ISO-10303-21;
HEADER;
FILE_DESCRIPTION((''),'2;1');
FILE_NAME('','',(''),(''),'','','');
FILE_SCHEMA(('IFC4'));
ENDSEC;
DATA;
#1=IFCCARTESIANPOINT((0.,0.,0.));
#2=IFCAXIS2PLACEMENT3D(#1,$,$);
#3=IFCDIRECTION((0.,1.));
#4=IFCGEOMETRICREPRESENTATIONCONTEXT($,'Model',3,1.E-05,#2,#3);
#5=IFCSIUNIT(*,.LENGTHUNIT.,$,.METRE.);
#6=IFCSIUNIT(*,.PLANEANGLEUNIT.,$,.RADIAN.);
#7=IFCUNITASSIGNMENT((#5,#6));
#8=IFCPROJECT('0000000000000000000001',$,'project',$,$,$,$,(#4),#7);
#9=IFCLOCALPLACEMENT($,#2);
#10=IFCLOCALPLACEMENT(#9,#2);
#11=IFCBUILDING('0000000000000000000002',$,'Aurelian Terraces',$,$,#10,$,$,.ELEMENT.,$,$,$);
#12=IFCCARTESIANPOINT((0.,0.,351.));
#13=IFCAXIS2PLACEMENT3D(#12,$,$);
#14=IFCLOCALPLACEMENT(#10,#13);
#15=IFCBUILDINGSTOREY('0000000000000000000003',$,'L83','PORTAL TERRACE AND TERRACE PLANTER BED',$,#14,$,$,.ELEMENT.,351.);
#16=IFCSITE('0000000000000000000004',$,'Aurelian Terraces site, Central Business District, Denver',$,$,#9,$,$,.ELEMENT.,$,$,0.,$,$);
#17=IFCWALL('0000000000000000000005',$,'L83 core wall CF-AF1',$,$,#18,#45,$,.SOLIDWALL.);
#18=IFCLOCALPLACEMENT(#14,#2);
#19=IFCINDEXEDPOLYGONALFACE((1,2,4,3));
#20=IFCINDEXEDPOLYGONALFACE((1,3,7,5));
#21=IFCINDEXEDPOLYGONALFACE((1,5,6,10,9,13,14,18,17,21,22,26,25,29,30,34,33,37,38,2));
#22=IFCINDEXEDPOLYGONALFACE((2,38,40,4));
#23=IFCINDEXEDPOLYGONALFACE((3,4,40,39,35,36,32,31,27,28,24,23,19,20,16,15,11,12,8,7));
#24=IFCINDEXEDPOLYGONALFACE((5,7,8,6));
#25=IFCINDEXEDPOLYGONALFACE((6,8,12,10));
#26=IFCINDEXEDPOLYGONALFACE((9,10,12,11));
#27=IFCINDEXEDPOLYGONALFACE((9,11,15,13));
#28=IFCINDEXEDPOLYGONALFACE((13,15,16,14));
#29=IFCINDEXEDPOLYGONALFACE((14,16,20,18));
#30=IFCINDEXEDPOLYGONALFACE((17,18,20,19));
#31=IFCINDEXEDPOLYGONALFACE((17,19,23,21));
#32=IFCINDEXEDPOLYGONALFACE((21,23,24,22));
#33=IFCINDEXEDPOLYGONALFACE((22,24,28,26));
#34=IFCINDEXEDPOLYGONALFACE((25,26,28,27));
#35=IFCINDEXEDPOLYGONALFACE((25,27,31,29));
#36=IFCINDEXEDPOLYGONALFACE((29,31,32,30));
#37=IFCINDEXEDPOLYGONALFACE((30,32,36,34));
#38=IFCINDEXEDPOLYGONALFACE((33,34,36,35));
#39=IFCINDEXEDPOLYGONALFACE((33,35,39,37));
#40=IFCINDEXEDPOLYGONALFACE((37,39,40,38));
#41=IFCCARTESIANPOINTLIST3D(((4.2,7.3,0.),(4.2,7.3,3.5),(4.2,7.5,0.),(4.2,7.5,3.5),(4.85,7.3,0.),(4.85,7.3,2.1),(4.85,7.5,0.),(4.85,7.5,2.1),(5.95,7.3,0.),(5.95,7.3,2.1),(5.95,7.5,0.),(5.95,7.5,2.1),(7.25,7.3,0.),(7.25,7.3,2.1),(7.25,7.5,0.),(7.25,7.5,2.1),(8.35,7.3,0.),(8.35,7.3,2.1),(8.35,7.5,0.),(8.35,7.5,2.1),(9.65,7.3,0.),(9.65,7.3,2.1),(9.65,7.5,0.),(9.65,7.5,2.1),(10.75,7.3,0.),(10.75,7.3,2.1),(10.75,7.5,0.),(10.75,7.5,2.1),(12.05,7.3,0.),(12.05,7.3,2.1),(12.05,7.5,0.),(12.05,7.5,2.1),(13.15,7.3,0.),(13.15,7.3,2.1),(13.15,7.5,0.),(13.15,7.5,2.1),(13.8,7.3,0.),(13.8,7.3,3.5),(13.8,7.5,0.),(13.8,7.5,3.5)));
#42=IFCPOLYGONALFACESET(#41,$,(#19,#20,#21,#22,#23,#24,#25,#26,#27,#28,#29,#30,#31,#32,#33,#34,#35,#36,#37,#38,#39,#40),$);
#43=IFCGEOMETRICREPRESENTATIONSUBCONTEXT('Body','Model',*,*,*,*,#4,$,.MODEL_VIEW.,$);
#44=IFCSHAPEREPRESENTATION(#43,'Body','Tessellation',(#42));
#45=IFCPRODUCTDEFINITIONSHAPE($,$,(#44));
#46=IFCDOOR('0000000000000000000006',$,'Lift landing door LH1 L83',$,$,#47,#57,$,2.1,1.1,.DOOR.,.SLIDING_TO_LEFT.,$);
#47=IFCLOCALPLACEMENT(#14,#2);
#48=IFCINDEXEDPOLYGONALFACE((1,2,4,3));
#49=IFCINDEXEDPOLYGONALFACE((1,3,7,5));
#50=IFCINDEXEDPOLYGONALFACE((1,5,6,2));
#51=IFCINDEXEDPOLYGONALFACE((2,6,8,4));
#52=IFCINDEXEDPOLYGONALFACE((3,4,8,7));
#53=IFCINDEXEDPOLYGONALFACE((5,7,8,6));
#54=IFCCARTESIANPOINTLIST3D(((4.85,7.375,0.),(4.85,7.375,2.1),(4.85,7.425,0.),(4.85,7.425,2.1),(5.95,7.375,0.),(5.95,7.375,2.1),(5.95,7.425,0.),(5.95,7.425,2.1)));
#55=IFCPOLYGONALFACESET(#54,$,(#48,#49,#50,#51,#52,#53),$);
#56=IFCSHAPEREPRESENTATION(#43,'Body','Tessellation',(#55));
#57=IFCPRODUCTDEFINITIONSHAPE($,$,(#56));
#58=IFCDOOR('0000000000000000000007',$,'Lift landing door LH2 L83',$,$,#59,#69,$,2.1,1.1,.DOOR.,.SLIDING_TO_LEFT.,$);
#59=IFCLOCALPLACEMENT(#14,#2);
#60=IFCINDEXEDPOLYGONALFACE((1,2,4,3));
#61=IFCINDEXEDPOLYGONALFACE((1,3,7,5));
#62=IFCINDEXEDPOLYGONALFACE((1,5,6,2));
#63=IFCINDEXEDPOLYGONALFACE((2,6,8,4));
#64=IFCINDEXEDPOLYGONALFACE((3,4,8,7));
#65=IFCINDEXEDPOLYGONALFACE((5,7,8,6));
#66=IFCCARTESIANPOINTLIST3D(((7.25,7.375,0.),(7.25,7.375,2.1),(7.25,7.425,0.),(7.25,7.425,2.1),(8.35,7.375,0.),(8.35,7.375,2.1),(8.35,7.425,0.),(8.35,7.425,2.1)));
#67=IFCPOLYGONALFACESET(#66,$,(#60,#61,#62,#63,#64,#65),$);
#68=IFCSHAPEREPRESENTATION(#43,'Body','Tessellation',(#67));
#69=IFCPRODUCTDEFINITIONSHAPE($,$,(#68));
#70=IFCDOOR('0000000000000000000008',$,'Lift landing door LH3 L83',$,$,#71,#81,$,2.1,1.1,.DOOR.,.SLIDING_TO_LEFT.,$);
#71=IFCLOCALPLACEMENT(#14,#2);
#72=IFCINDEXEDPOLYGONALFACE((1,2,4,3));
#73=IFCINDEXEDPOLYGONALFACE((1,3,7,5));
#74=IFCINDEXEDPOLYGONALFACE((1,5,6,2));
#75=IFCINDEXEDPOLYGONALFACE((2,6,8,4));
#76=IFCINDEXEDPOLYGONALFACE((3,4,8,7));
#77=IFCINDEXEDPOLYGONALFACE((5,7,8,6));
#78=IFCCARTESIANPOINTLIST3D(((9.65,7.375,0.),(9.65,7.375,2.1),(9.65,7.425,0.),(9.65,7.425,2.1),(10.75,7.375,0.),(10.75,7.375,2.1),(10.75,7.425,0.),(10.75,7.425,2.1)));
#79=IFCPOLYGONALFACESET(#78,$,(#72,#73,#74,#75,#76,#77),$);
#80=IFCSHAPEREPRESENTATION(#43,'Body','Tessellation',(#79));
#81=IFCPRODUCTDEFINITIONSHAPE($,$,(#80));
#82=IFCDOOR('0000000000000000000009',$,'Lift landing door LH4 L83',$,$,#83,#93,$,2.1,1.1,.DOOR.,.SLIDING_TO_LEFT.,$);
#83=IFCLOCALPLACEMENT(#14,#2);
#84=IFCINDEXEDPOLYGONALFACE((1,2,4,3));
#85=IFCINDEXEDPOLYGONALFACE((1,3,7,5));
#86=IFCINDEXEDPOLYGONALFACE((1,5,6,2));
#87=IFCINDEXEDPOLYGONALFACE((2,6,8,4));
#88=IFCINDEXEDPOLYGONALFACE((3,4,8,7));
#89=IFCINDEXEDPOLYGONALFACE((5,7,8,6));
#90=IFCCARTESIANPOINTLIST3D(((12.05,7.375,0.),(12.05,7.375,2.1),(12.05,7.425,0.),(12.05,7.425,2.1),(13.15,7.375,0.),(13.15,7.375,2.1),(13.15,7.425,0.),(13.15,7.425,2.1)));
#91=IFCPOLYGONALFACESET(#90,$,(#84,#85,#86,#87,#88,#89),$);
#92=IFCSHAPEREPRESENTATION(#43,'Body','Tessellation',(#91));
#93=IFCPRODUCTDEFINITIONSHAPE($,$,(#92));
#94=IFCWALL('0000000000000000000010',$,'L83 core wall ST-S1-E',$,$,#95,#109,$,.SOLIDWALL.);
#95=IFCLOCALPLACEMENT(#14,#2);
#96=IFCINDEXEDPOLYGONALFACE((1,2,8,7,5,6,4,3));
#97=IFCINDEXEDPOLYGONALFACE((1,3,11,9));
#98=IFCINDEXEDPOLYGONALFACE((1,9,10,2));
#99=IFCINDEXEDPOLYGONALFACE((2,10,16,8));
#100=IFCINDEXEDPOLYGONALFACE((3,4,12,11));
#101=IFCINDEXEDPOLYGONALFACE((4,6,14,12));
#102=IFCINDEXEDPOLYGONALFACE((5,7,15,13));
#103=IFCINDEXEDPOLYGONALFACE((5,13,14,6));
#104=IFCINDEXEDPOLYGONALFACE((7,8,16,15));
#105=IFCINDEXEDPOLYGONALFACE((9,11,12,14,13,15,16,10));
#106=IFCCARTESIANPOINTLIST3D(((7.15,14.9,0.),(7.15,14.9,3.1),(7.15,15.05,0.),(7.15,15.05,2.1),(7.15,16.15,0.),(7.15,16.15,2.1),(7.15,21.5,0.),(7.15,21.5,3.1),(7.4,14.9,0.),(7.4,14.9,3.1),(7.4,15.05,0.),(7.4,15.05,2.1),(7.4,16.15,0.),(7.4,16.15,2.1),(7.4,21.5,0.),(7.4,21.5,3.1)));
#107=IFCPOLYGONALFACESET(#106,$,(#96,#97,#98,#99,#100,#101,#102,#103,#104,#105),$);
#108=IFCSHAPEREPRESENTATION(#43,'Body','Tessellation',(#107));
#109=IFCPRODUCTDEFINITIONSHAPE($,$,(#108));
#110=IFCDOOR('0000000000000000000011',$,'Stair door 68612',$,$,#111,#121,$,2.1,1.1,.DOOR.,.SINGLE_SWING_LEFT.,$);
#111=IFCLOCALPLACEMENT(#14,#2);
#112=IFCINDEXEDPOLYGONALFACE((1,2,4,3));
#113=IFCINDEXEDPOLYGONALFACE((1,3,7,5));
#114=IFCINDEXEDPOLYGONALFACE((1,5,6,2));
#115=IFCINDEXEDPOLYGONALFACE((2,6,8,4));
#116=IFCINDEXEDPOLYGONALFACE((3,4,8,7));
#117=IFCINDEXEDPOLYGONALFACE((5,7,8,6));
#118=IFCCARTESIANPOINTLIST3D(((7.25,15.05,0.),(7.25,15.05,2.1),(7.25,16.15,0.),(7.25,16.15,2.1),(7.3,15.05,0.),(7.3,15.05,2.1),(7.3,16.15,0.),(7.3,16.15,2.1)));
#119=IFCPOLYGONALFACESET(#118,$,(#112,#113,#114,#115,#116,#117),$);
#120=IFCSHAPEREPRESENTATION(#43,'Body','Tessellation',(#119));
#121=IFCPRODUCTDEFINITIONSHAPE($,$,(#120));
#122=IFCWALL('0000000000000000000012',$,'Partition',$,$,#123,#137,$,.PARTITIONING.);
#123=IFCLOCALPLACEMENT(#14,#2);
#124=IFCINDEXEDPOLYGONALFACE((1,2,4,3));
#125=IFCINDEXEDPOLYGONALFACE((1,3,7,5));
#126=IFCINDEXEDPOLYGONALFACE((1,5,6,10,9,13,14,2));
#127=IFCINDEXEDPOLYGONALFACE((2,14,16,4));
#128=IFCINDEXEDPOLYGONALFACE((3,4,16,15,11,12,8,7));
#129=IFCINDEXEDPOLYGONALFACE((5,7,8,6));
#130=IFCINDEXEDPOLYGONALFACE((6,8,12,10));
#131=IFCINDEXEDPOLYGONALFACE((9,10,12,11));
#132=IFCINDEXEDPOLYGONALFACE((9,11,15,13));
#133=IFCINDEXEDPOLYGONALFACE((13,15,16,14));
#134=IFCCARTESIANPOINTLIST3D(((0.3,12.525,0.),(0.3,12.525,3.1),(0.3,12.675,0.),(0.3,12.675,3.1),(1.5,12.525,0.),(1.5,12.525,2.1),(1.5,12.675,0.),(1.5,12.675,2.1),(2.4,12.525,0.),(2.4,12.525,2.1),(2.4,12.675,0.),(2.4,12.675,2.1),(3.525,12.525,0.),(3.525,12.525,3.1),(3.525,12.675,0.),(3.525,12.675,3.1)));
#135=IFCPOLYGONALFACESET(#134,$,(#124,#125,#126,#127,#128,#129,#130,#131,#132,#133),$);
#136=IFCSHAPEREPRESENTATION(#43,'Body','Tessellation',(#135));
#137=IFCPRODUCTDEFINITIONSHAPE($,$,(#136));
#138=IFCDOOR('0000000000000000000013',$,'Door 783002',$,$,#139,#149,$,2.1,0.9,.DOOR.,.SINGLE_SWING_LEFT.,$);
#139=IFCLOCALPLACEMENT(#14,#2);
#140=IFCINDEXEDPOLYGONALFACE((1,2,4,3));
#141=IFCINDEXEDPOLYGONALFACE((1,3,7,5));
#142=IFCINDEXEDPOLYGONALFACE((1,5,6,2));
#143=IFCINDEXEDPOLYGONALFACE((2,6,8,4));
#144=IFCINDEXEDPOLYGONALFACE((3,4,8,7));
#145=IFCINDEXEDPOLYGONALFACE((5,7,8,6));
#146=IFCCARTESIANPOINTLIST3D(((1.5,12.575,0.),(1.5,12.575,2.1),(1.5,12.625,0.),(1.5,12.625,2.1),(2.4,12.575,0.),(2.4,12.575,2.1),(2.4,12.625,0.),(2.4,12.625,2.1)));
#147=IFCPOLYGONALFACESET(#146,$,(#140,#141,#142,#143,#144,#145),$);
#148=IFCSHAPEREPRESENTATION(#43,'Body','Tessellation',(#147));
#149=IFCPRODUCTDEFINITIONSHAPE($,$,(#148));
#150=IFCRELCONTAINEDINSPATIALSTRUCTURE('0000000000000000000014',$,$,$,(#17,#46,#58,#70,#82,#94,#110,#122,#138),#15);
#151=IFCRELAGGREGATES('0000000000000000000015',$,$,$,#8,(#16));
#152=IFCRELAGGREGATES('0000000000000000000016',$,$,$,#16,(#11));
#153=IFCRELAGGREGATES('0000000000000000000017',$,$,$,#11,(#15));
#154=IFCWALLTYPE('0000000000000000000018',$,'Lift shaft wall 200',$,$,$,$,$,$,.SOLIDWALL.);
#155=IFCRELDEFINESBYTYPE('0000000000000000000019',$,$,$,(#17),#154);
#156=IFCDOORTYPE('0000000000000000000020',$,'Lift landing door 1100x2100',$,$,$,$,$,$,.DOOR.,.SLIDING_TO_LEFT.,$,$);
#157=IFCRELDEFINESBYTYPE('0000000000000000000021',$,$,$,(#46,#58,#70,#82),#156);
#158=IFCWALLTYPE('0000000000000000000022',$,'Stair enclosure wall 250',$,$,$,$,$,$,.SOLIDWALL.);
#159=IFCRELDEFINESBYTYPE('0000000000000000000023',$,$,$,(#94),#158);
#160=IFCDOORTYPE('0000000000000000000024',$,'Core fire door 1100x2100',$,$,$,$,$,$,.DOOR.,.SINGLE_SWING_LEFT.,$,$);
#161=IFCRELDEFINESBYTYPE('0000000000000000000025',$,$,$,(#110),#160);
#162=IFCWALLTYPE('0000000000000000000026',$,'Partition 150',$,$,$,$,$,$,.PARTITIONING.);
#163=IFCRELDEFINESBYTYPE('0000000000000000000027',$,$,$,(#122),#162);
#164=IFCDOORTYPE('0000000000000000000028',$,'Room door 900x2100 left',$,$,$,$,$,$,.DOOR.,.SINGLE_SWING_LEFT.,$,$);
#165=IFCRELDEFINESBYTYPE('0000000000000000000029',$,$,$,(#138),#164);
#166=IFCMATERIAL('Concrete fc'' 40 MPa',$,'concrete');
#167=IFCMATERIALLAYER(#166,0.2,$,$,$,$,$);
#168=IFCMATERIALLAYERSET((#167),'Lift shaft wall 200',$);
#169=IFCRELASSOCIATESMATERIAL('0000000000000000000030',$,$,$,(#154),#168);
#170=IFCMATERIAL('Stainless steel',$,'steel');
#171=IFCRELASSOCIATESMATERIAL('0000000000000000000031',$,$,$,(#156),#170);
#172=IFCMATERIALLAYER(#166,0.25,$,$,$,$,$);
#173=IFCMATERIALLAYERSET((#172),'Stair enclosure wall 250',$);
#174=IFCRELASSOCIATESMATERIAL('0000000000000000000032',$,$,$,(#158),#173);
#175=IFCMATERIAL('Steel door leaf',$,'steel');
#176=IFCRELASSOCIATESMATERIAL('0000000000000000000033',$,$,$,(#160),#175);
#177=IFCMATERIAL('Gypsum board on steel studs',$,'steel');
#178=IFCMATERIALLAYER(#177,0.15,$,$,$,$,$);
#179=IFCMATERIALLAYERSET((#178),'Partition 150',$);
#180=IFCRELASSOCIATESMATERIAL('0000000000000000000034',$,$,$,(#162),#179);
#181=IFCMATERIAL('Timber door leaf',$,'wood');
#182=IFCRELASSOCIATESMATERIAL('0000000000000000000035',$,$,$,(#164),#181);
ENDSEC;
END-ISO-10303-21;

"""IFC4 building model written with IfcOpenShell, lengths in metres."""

from ifc_helpers import new_model, si_unit, direction, frame, frame_2d, origin, place, context, subcontext, project, spatial, rectangle, extrude, source, transform, mapped, material, layer, layer_set, type_object, element, fill, save


model = new_model("IFC4")

# Units and contexts
model_context = context("Model", 3, precision=1e-05, world=origin(), true_north=direction((0.0, 1.0)))
body_context = subcontext(model_context, "Body", "Model", "MODEL_VIEW")
ifc_project = project(units=[si_unit("LENGTHUNIT", "METRE"), si_unit("PLANEANGLEUNIT", "RADIAN")], contexts=[model_context])

# Site, building, storey
site_placement = place(None, origin())
site = spatial("IfcSite", under=ifc_project, at=site_placement, Name="Aurelian Terraces site, Central Business District, Denver", CompositionType="ELEMENT", RefElevation=0.0)
building_placement = place(site_placement, origin())
building = spatial("IfcBuilding", under=site, at=building_placement, Name="Aurelian Terraces", CompositionType="ELEMENT")
storey_placement = place(building_placement, frame((0.0, 0.0, 351.0)))
storey = spatial("IfcBuildingStorey", under=building, at=storey_placement, Name="L83", Description="PORTAL TERRACE AND TERRACE PLANTER BED", CompositionType="ELEMENT", Elevation=351.0)

# Shared definitions
ifc_material_1 = material(Name="Concrete fc' 40 MPa", Category="concrete")
ifc_layer_1 = layer(ifc_material_1, 0.2)
ifc_layer_set_1 = layer_set([ifc_layer_1], Name="Lift shaft wall 200")
wall_type_1 = type_object("IfcWallType", Name="Lift shaft wall 200", PredefinedType="SOLIDWALL", material=ifc_layer_set_1)

# Shared definitions
shared_shape_1 = source(origin(), body_context, "Body", "SweptSolid", [
    extrude(rectangle(XDim=1.1, YDim=2.1, at=frame_2d((0.55, 1.05))), frame((0.0, 0.11, 0.0), z_axis=(0.0, -1.0, 0.0), x_axis=(1.0, 0.0, 0.0)), (0.0, 0.0, 1.0), 0.22),
])
ifc_material_2 = material(Name="Stainless steel", Category="steel")
door_type_1 = type_object("IfcDoorType", Name="Lift landing door 1100x2100", OperationType="SLIDING_TO_LEFT", PredefinedType="DOOR", material=ifc_material_2)
shared_shape_2 = source(origin(), body_context, "Body", "SweptSolid", [
    extrude(rectangle(XDim=1.1, YDim=2.1, at=frame_2d((0.55, 1.05))), frame((0.0, 0.025, 0.0), z_axis=(0.0, -1.0, 0.0), x_axis=(1.0, 0.0, 0.0)), (0.0, 0.0, 1.0), 0.05),
])

# Wall, openings, doors
shared_shape_3 = source(origin(), body_context, "Body", "SweptSolid", [
    extrude(rectangle(XDim=9.6, YDim=0.2, at=frame_2d((4.8, 0.0))), origin(), (0.0, 0.0, 1.0), 3.5),
])
wall_1_placement = place(storey_placement, frame((4.2, 7.4, 0.0), z_axis=(0.0, 0.0, 1.0), x_axis=(1.0, 0.0, 0.0)))
wall_1 = element("IfcWall", 1, at=wall_1_placement, inside=storey, type_object=wall_type_1, Name="L83 core wall CF-AF1", PredefinedType="SOLIDWALL", context=body_context, shape_type="MappedRepresentation", body=[
    mapped(shared_shape_3, transform((0.0, 0.0, 0.0), scale=1.0)),
])
opening_1_placement = place(wall_1_placement, frame((0.65, 0.0, 0.0)))
opening_1 = element("IfcOpeningElement", 2, at=opening_1_placement, cuts=wall_1, PredefinedType="OPENING", context=body_context, shape_type="MappedRepresentation", body=[
    mapped(shared_shape_1, transform((0.0, 0.0, 0.0), scale=1.0)),
])
opening_2_placement = place(wall_1_placement, frame((3.05, 0.0, 0.0)))
opening_2 = element("IfcOpeningElement", 3, at=opening_2_placement, cuts=wall_1, PredefinedType="OPENING", context=body_context, shape_type="MappedRepresentation", body=[
    mapped(shared_shape_1, transform((0.0, 0.0, 0.0), scale=1.0)),
])
opening_3_placement = place(wall_1_placement, frame((5.45, 0.0, 0.0)))
opening_3 = element("IfcOpeningElement", 4, at=opening_3_placement, cuts=wall_1, PredefinedType="OPENING", context=body_context, shape_type="MappedRepresentation", body=[
    mapped(shared_shape_1, transform((0.0, 0.0, 0.0), scale=1.0)),
])
opening_4_placement = place(wall_1_placement, frame((7.85, 0.0, 0.0)))
opening_4 = element("IfcOpeningElement", 5, at=opening_4_placement, cuts=wall_1, PredefinedType="OPENING", context=body_context, shape_type="MappedRepresentation", body=[
    mapped(shared_shape_1, transform((0.0, 0.0, 0.0), scale=1.0)),
])
door_1_placement = place(opening_1_placement, origin())
door_1 = element("IfcDoor", 6, at=door_1_placement, inside=storey, type_object=door_type_1, Name="Lift landing door LH1 L83", OperationType="SLIDING_TO_LEFT", OverallHeight=2.1, OverallWidth=1.1, PredefinedType="DOOR", context=body_context, shape_type="MappedRepresentation", body=[
    mapped(shared_shape_2, transform((0.0, 0.0, 0.0), scale=1.0)),
])
fill(opening_1, door_1)
door_2_placement = place(opening_2_placement, origin())
door_2 = element("IfcDoor", 7, at=door_2_placement, inside=storey, type_object=door_type_1, Name="Lift landing door LH2 L83", OperationType="SLIDING_TO_LEFT", OverallHeight=2.1, OverallWidth=1.1, PredefinedType="DOOR", context=body_context, shape_type="MappedRepresentation", body=[
    mapped(shared_shape_2, transform((0.0, 0.0, 0.0), scale=1.0)),
])
fill(opening_2, door_2)
door_3_placement = place(opening_3_placement, origin())
door_3 = element("IfcDoor", 8, at=door_3_placement, inside=storey, type_object=door_type_1, Name="Lift landing door LH3 L83", OperationType="SLIDING_TO_LEFT", OverallHeight=2.1, OverallWidth=1.1, PredefinedType="DOOR", context=body_context, shape_type="MappedRepresentation", body=[
    mapped(shared_shape_2, transform((0.0, 0.0, 0.0), scale=1.0)),
])
fill(opening_3, door_3)
door_4_placement = place(opening_4_placement, origin())
door_4 = element("IfcDoor", 9, at=door_4_placement, inside=storey, type_object=door_type_1, Name="Lift landing door LH4 L83", OperationType="SLIDING_TO_LEFT", OverallHeight=2.1, OverallWidth=1.1, PredefinedType="DOOR", context=body_context, shape_type="MappedRepresentation", body=[
    mapped(shared_shape_2, transform((0.0, 0.0, 0.0), scale=1.0)),
])
fill(opening_4, door_4)

# Walls, openings, doors
ifc_layer_2 = layer(ifc_material_1, 0.25)
ifc_layer_set_2 = layer_set([ifc_layer_2], Name="Stair enclosure wall 250")
wall_type_2 = type_object("IfcWallType", Name="Stair enclosure wall 250", PredefinedType="SOLIDWALL", material=ifc_layer_set_2)
shared_shape_4 = source(origin(), body_context, "Body", "SweptSolid", [
    extrude(rectangle(XDim=6.6, YDim=0.25, at=frame_2d((3.3, 0.0))), origin(), (0.0, 0.0, 1.0), 3.1),
])
wall_2_placement = place(storey_placement, frame((7.275, 14.9, 0.0), z_axis=(0.0, 0.0, 1.0), x_axis=(0.0, 1.0, 0.0)))
wall_2 = element("IfcWall", 10, at=wall_2_placement, inside=storey, type_object=wall_type_2, Name="L83 core wall ST-S1-E", PredefinedType="SOLIDWALL", context=body_context, shape_type="MappedRepresentation", body=[
    mapped(shared_shape_4, transform((0.0, 0.0, 0.0), scale=1.0)),
])
shared_shape_5 = source(origin(), body_context, "Body", "SweptSolid", [
    extrude(rectangle(XDim=1.1, YDim=2.1, at=frame_2d((0.55, 1.05))), frame((0.0, 0.135, 0.0), z_axis=(0.0, -1.0, 0.0), x_axis=(1.0, 0.0, 0.0)), (0.0, 0.0, 1.0), 0.27),
])
opening_5_placement = place(wall_2_placement, frame((0.15, 0.0, 0.0)))
opening_5 = element("IfcOpeningElement", 11, at=opening_5_placement, cuts=wall_2, PredefinedType="OPENING", context=body_context, shape_type="MappedRepresentation", body=[
    mapped(shared_shape_5, transform((0.0, 0.0, 0.0), scale=1.0)),
])
ifc_material_3 = material(Name="Steel door leaf", Category="steel")
door_type_2 = type_object("IfcDoorType", Name="Core fire door 1100x2100", OperationType="SINGLE_SWING_LEFT", PredefinedType="DOOR", material=ifc_material_3)
door_5_placement = place(opening_5_placement, origin())
door_5 = element("IfcDoor", 12, at=door_5_placement, inside=storey, type_object=door_type_2, Name="Stair door 68612", OperationType="SINGLE_SWING_LEFT", OverallHeight=2.1, OverallWidth=1.1, PredefinedType="DOOR", context=body_context, shape_type="MappedRepresentation", body=[
    mapped(shared_shape_2, transform((0.0, 0.0, 0.0), scale=1.0)),
])
fill(opening_5, door_5)
ifc_material_4 = material(Name="Gypsum board on steel studs", Category="steel")
ifc_layer_3 = layer(ifc_material_4, 0.15)
ifc_layer_set_3 = layer_set([ifc_layer_3], Name="Partition 150")
wall_type_3 = type_object("IfcWallType", Name="Partition 150", PredefinedType="PARTITIONING", material=ifc_layer_set_3)
shared_shape_6 = source(origin(), body_context, "Body", "SweptSolid", [
    extrude(rectangle(XDim=3.225, YDim=0.15, at=frame_2d((1.6125, 0.0))), origin(), (0.0, 0.0, 1.0), 3.1),
])
wall_3_placement = place(storey_placement, frame((0.3, 12.6, 0.0), z_axis=(0.0, 0.0, 1.0), x_axis=(1.0, 0.0, 0.0)))
wall_3 = element("IfcWall", 13, at=wall_3_placement, inside=storey, type_object=wall_type_3, Name="Partition", PredefinedType="PARTITIONING", context=body_context, shape_type="MappedRepresentation", body=[
    mapped(shared_shape_6, transform((0.0, 0.0, 0.0), scale=1.0)),
])
shared_shape_7 = source(origin(), body_context, "Body", "SweptSolid", [
    extrude(rectangle(XDim=0.9, YDim=2.1, at=frame_2d((0.45, 1.05))), frame((0.0, 0.085, 0.0), z_axis=(0.0, -1.0, 0.0), x_axis=(1.0, 0.0, 0.0)), (0.0, 0.0, 1.0), 0.17),
])
opening_6_placement = place(wall_3_placement, frame((1.2, 0.0, 0.0)))
opening_6 = element("IfcOpeningElement", 14, at=opening_6_placement, cuts=wall_3, PredefinedType="OPENING", context=body_context, shape_type="MappedRepresentation", body=[
    mapped(shared_shape_7, transform((0.0, 0.0, 0.0), scale=1.0)),
])
ifc_material_5 = material(Name="Timber door leaf", Category="wood")
door_type_3 = type_object("IfcDoorType", Name="Room door 900x2100 left", OperationType="SINGLE_SWING_LEFT", PredefinedType="DOOR", material=ifc_material_5)
shared_shape_8 = source(origin(), body_context, "Body", "SweptSolid", [
    extrude(rectangle(XDim=0.9, YDim=2.1, at=frame_2d((0.45, 1.05))), frame((0.0, 0.025, 0.0), z_axis=(0.0, -1.0, 0.0), x_axis=(1.0, 0.0, 0.0)), (0.0, 0.0, 1.0), 0.05),
])
door_6_placement = place(opening_6_placement, origin())
door_6 = element("IfcDoor", 15, at=door_6_placement, inside=storey, type_object=door_type_3, Name="Door 783002", OperationType="SINGLE_SWING_LEFT", OverallHeight=2.1, OverallWidth=0.9, PredefinedType="DOOR", context=body_context, shape_type="MappedRepresentation", body=[
    mapped(shared_shape_8, transform((0.0, 0.0, 0.0), scale=1.0)),
])
fill(opening_6, door_6)

save(model, "model.ifc")
